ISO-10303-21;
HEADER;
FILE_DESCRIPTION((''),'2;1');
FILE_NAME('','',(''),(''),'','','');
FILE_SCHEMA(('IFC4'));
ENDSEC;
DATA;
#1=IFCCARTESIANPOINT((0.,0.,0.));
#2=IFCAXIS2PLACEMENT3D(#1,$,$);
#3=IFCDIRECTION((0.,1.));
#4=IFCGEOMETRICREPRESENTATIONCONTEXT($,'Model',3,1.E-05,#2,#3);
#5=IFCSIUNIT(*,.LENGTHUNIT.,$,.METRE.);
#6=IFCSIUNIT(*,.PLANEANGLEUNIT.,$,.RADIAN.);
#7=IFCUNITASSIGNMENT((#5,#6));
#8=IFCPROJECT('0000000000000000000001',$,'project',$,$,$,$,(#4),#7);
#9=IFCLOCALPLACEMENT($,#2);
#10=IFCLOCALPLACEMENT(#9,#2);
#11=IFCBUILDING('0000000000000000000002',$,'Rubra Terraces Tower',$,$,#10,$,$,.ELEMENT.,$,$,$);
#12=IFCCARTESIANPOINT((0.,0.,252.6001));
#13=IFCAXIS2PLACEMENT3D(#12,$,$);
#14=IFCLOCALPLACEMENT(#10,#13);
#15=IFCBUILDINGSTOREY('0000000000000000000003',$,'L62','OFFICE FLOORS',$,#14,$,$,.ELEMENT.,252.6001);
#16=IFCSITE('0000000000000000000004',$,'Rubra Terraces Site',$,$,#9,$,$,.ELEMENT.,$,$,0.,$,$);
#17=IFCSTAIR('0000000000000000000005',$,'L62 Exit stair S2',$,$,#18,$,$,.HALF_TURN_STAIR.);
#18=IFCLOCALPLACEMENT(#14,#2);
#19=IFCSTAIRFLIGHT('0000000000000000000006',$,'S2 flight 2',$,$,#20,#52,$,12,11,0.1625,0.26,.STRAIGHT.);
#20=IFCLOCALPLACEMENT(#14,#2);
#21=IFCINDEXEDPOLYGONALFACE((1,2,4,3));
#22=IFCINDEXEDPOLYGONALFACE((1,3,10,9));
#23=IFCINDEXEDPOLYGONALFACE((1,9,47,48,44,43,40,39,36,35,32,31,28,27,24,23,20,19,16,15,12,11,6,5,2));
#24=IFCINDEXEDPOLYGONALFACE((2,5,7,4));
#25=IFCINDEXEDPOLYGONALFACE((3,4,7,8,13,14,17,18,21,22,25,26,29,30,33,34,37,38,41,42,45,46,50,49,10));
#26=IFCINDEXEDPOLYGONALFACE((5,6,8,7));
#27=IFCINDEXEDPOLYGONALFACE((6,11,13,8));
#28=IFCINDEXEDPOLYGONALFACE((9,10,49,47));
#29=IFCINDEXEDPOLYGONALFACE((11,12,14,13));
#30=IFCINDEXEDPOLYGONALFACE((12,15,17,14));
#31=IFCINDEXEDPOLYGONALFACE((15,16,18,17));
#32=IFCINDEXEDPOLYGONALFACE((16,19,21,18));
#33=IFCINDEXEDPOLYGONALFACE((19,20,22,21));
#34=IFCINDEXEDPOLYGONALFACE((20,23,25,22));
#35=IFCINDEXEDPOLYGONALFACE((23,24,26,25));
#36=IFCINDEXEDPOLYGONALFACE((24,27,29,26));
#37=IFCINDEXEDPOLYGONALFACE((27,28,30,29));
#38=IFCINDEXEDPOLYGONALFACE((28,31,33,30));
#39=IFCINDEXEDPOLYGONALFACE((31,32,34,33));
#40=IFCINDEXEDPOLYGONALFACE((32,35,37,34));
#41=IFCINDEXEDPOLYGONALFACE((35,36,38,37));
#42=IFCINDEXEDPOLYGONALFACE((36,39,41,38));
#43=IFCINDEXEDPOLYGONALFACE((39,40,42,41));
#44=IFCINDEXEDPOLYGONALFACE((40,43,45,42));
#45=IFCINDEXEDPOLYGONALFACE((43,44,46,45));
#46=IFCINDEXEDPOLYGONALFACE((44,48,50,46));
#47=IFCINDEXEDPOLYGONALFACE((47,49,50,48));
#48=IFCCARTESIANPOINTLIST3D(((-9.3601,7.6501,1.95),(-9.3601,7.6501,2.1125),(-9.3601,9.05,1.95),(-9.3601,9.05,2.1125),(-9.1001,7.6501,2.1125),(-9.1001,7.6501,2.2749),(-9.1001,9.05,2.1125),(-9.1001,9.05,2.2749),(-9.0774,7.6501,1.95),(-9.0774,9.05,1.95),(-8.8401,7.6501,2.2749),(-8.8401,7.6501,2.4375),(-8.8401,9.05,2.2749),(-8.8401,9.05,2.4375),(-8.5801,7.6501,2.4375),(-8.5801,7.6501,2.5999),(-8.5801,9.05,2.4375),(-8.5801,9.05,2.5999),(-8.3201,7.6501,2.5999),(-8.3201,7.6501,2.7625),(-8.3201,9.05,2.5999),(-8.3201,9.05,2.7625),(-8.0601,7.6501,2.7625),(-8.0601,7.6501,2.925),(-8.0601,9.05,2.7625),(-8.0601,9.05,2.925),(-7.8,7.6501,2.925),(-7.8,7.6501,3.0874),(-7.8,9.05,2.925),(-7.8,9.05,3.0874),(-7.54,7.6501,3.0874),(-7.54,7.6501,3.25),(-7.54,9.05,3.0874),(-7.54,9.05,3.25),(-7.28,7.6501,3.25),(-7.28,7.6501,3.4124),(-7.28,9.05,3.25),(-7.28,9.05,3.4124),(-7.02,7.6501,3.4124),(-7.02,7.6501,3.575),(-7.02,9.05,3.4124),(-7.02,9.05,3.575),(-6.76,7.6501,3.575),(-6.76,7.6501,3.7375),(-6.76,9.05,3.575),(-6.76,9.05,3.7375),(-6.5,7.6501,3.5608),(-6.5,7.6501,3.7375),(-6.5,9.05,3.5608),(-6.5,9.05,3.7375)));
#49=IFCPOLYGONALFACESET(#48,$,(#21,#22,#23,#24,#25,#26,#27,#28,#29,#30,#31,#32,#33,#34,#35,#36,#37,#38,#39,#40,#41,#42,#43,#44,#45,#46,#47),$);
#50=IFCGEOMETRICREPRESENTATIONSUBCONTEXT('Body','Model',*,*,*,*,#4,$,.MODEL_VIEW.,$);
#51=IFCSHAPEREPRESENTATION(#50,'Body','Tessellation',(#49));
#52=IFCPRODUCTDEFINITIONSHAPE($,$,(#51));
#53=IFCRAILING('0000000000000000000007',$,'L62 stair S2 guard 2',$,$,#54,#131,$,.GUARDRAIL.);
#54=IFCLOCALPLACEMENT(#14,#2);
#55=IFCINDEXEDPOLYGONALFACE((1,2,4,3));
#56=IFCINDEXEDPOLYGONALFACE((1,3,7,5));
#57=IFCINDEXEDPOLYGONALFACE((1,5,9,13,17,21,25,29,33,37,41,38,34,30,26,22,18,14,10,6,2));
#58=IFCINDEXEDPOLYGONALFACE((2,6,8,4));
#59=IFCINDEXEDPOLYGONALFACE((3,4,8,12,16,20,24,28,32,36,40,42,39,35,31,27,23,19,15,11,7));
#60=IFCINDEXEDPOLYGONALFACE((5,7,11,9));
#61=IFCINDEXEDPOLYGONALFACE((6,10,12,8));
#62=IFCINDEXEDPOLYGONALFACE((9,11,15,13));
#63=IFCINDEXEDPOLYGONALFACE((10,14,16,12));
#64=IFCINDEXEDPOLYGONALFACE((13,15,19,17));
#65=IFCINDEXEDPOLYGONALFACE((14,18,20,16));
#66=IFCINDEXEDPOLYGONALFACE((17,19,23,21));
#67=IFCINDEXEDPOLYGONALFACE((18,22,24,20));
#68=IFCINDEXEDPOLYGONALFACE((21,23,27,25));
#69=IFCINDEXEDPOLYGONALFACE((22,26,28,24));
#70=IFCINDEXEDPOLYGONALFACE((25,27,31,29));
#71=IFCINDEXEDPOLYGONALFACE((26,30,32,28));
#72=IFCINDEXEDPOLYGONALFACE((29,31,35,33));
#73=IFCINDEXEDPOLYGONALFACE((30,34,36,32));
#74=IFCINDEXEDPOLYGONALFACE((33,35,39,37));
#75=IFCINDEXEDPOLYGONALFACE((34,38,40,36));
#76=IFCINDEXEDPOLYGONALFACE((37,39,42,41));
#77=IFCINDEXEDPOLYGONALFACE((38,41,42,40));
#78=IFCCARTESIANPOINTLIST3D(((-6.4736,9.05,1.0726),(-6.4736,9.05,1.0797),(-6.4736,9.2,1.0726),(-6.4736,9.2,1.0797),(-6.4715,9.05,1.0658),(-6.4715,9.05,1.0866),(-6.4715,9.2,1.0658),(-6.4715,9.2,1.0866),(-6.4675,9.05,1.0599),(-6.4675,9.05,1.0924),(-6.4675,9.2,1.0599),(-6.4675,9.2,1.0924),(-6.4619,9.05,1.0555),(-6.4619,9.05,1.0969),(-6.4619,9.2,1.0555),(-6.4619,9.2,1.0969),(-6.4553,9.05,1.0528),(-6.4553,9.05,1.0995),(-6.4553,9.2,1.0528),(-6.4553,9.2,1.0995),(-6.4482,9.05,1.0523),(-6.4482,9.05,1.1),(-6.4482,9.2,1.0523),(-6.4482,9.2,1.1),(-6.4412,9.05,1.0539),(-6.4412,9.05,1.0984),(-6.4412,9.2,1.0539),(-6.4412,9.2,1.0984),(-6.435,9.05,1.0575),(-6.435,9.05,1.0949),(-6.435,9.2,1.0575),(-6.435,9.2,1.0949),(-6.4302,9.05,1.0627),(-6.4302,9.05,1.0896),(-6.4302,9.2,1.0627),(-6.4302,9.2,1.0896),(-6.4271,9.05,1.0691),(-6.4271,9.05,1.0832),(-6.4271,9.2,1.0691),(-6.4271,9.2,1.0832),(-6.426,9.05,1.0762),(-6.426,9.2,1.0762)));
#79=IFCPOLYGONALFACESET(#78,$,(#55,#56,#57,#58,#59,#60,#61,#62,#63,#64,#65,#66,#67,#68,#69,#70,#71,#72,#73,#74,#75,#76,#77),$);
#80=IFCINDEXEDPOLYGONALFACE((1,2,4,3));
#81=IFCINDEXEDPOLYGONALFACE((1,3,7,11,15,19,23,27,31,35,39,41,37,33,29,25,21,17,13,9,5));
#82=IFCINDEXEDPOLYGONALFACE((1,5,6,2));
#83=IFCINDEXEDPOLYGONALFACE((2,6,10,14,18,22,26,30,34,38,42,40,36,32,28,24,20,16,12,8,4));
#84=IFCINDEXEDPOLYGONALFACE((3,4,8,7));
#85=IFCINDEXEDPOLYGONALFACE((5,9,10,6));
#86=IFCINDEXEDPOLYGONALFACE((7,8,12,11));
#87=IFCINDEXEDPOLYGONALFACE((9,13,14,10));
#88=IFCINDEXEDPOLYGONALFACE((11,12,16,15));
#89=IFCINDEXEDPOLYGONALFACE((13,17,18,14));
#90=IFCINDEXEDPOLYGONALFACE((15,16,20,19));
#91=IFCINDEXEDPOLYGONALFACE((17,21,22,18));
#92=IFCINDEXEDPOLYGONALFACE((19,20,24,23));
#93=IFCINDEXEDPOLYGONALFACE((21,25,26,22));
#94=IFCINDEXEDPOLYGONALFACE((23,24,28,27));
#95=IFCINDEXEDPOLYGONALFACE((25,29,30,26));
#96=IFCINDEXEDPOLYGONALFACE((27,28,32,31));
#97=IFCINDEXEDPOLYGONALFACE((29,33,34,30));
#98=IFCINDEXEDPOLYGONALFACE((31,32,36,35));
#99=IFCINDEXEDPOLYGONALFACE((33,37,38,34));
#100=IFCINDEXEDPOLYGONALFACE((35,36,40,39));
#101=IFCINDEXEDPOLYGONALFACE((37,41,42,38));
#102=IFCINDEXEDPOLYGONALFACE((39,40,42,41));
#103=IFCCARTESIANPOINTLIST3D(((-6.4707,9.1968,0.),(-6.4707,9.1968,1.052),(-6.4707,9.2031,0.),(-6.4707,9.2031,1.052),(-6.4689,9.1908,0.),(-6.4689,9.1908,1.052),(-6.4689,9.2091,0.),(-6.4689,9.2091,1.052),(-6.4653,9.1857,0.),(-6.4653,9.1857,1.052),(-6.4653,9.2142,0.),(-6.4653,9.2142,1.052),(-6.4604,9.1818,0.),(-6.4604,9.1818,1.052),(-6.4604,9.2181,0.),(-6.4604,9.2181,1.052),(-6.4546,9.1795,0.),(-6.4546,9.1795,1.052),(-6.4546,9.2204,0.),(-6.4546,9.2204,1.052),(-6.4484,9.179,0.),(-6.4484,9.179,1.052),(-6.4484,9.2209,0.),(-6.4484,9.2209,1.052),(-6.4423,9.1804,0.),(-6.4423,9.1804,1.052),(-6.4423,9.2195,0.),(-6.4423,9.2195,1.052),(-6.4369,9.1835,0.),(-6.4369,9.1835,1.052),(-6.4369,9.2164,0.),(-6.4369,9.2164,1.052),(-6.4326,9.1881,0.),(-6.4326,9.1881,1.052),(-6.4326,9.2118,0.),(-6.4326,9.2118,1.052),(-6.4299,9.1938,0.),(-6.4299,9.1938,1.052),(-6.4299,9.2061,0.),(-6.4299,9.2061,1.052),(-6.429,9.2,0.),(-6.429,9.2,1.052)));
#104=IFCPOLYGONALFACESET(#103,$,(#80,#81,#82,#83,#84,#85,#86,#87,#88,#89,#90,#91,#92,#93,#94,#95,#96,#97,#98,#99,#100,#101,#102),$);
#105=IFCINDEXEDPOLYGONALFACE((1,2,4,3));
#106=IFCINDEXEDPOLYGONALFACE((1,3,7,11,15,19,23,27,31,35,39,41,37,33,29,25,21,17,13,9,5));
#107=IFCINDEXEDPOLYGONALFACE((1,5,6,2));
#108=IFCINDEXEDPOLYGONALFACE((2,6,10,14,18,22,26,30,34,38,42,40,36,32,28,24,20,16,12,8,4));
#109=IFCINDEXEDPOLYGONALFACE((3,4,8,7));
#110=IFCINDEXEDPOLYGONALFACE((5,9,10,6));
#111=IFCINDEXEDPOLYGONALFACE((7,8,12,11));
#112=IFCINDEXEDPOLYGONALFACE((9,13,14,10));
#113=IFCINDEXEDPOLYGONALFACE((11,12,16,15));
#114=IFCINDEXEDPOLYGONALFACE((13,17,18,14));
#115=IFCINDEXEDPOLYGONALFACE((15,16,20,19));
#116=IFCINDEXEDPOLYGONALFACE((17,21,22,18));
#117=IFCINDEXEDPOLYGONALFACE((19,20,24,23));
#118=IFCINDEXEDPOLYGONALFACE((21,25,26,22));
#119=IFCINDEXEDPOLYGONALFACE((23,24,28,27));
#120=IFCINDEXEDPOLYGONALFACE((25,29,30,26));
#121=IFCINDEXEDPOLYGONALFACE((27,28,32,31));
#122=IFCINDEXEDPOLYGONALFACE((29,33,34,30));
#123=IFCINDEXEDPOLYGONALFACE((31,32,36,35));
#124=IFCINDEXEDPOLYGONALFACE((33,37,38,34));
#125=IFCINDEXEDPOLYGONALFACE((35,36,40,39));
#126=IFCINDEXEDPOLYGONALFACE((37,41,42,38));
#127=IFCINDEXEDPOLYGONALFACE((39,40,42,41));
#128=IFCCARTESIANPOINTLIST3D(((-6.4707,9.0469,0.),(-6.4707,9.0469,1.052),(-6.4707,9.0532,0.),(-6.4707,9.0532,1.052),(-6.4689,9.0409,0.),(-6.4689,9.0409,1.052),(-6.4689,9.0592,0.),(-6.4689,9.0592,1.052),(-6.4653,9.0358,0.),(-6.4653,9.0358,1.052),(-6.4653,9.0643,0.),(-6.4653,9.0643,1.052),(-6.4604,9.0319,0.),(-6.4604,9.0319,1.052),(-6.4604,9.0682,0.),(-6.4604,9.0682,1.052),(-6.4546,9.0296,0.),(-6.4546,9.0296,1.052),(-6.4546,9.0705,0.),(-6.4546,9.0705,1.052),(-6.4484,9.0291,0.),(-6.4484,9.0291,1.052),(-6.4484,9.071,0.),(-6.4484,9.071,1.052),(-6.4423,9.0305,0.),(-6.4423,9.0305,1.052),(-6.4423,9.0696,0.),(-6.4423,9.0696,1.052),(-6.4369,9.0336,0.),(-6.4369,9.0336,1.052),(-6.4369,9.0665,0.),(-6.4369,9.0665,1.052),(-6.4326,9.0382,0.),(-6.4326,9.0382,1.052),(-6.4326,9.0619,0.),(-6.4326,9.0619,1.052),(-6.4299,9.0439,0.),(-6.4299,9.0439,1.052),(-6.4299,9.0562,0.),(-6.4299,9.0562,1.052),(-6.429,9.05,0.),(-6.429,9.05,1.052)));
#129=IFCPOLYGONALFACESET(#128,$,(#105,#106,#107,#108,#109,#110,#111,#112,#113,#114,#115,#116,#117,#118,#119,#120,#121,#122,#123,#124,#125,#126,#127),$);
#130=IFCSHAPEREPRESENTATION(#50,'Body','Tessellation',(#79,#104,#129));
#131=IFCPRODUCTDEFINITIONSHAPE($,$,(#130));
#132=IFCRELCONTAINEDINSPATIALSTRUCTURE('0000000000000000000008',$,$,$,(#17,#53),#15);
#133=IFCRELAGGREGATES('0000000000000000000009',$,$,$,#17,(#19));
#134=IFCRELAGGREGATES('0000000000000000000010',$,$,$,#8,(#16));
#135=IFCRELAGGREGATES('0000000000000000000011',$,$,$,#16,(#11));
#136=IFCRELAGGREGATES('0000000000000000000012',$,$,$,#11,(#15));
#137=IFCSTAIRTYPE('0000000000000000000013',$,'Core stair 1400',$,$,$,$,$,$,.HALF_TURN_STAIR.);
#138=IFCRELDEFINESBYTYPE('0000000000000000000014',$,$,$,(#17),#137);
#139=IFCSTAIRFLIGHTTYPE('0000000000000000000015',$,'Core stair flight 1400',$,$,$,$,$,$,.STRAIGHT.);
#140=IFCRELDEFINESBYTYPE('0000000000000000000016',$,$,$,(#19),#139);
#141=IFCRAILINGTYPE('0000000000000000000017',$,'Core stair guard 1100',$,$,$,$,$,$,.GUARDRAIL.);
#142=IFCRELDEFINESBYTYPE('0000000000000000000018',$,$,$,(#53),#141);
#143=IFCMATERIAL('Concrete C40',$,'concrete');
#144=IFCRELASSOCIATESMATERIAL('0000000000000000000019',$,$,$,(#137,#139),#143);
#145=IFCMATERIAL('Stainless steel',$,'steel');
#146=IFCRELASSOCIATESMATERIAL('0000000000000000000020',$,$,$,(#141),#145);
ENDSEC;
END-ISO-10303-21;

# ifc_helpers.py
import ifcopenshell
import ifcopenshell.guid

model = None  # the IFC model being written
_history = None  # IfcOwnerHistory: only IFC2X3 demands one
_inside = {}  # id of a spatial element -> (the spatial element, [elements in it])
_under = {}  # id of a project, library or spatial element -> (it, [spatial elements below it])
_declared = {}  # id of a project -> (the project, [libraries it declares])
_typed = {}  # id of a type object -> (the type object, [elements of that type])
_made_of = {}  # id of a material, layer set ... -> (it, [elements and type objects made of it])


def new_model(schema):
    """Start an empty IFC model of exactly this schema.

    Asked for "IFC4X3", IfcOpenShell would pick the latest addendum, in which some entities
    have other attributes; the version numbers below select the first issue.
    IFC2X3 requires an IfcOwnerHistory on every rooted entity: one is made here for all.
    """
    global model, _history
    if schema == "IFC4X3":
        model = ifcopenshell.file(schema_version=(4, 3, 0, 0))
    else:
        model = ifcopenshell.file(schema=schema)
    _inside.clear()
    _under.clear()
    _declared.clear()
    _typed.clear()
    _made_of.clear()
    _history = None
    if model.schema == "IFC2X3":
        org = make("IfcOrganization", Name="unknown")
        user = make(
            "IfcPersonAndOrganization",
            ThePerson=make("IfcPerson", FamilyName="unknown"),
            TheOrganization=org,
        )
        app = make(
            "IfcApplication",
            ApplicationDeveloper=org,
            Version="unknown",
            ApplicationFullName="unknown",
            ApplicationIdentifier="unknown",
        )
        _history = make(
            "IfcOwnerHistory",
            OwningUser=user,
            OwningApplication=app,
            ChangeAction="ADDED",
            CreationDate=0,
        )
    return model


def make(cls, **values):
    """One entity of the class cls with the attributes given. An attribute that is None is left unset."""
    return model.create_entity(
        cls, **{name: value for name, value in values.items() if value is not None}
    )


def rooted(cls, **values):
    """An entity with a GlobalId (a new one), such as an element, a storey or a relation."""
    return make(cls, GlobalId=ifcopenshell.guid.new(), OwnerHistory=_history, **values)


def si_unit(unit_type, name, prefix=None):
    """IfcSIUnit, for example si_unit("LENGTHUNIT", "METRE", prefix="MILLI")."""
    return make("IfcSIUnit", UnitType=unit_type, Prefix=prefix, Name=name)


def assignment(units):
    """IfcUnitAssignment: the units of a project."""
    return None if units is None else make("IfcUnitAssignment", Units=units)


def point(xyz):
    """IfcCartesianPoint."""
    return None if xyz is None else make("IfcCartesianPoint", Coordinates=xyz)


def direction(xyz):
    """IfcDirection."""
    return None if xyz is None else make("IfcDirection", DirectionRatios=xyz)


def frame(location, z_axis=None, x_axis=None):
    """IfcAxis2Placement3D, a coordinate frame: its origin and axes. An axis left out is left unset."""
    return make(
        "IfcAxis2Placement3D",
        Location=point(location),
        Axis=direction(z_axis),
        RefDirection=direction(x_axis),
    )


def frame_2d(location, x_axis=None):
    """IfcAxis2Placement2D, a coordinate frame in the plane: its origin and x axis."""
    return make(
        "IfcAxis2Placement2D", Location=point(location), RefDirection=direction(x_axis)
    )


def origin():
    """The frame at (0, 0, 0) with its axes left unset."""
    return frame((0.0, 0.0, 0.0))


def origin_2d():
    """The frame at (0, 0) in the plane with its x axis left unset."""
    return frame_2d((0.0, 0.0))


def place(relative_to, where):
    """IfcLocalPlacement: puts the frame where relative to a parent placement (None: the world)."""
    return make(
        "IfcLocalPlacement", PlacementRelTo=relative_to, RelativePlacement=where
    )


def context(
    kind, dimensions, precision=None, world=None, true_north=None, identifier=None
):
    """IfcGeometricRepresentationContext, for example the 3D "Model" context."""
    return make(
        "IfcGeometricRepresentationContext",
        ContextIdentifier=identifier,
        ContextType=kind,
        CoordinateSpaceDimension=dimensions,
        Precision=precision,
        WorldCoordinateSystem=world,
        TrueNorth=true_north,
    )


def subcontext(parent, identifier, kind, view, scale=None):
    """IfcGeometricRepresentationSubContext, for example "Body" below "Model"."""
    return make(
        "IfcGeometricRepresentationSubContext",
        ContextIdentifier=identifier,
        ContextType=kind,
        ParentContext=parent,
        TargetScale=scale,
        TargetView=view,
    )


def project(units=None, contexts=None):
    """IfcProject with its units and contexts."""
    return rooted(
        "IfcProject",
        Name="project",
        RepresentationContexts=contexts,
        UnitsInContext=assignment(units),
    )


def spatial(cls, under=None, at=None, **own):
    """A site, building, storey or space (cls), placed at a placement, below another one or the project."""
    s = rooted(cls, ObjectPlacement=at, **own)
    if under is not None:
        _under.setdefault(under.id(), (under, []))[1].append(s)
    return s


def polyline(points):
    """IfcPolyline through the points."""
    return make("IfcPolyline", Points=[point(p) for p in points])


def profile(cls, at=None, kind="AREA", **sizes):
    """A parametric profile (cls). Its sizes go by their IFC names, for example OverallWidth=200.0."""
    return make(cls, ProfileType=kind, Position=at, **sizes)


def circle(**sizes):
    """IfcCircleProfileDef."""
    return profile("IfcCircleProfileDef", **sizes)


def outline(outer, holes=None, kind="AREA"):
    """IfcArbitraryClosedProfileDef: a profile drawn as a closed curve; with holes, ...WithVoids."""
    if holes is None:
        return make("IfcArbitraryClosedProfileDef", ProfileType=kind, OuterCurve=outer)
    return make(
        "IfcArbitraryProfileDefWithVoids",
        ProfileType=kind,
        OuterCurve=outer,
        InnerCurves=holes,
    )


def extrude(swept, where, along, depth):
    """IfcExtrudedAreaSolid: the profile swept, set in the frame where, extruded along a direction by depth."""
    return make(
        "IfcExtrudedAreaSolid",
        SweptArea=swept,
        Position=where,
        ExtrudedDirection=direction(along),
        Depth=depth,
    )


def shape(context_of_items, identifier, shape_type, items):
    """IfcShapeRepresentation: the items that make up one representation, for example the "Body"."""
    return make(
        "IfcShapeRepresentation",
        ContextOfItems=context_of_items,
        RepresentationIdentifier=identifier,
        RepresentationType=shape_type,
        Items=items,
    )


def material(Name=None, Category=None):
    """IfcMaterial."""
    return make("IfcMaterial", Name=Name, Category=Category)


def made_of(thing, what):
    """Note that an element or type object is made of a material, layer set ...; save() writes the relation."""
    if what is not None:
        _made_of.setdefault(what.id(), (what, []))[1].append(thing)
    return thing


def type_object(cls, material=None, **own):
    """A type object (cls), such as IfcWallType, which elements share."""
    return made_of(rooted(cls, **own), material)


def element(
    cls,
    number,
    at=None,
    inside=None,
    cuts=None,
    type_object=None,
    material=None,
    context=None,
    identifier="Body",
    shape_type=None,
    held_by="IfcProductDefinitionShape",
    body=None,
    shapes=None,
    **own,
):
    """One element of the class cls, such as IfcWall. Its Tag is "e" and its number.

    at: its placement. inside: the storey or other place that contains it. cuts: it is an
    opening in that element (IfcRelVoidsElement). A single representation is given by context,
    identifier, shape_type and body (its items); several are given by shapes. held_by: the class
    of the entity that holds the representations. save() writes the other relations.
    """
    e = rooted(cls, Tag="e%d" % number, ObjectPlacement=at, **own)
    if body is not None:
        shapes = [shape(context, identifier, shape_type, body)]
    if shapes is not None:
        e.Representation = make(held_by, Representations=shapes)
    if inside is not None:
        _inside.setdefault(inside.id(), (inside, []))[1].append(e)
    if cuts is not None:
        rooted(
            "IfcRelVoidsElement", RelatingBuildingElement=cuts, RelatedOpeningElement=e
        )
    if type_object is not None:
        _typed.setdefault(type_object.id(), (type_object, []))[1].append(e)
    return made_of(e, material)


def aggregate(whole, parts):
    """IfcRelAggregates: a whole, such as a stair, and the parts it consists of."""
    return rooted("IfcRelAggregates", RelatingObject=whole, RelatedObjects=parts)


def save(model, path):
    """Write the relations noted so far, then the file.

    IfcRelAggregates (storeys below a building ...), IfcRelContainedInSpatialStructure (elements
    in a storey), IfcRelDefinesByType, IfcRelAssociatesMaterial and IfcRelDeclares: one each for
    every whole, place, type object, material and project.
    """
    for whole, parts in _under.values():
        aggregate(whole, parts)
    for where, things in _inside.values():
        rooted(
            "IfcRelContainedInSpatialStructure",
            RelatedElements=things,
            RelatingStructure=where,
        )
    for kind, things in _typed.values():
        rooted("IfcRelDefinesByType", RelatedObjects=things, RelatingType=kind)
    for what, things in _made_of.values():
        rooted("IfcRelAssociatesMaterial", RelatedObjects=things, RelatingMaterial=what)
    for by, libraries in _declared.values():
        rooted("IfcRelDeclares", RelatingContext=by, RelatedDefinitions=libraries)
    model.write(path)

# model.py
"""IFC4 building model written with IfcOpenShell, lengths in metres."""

from ifc_helpers import new_model, si_unit, direction, frame, origin, origin_2d, place, context, subcontext, project, spatial, polyline, circle, outline, extrude, material, type_object, element, aggregate, save


model = new_model("IFC4")

# Units and contexts
model_context = context("Model", 3, precision=1e-05, world=origin(), true_north=direction((0.0, 1.0)))
body_context = subcontext(model_context, "Body", "Model", "MODEL_VIEW")
ifc_project = project(units=[si_unit("LENGTHUNIT", "METRE"), si_unit("PLANEANGLEUNIT", "RADIAN")], contexts=[model_context])

# Site, building, storey
site_placement = place(None, origin())
site = spatial("IfcSite", under=ifc_project, at=site_placement, Name="Rubra Terraces Site", CompositionType="ELEMENT", RefElevation=0.0)
building_placement = place(site_placement, origin())
building = spatial("IfcBuilding", under=site, at=building_placement, Name="Rubra Terraces Tower", CompositionType="ELEMENT")
storey_placement = place(building_placement, frame((0.0, 0.0, 252.6001)))
storey = spatial("IfcBuildingStorey", under=building, at=storey_placement, Name="L62", Description="OFFICE FLOORS", CompositionType="ELEMENT", Elevation=252.6001)

# Shared definitions
ifc_material_1 = material(Name="Concrete C40", Category="concrete")

# Stair, stair flight
stair_type = type_object("IfcStairType", Name="Core stair 1400", PredefinedType="HALF_TURN_STAIR", material=ifc_material_1)
stair_placement = place(storey_placement, origin())
stair = element("IfcStair", 1, at=stair_placement, inside=storey, type_object=stair_type, Name="L62 Exit stair S2", PredefinedType="HALF_TURN_STAIR")
stair_flight_type = type_object("IfcStairFlightType", Name="Core stair flight 1400", PredefinedType="STRAIGHT", material=ifc_material_1)
stair_flight_1_placement = place(storey_placement, frame((-9.3601, 8.3501, 1.95), z_axis=(0.0, 0.0, 1.0), x_axis=(1.0, 0.0, 0.0)))
stair_flight_1 = element("IfcStairFlight", 2, at=stair_flight_1_placement, type_object=stair_flight_type, Name="S2 flight 2", NumberOfRisers=12, NumberOfTreads=11, PredefinedType="STRAIGHT", RiserHeight=0.1625, TreadLength=0.26, context=body_context, shape_type="SweptSolid", body=[
    extrude(outline(polyline([(0.0, 0.0), (0.0, 0.1626), (0.26, 0.1626), (0.26, 0.325), (0.52, 0.325), (0.52, 0.4875), (0.78, 0.4875), (0.78, 0.6499), (1.04, 0.6499), (1.04, 0.8125), (1.3, 0.8125), (1.3, 0.9751), (1.5601, 0.9751), (1.5601, 1.1375), (1.8201, 1.1375), (1.8201, 1.3), (2.0801, 1.3), (2.0801, 1.4624), (2.3401, 1.4624), (2.3401, 1.625), (2.6001, 1.625), (2.6001, 1.7876), (2.8601, 1.7876), (2.8601, 1.95), (2.8601, 1.6108), (0.2827, 0.0), (0.0, 0.0)])), frame((0.0, 0.7, 0.0), z_axis=(0.0, -1.0, 0.0), x_axis=(1.0, 0.0, 0.0)), (0.0, 0.0, 1.0), 1.3999),
])
aggregate(stair, [stair_flight_1])

# Railing
ifc_material_2 = material(Name="Stainless steel", Category="steel")
railing_type_1 = type_object("IfcRailingType", Name="Core stair guard 1100", PredefinedType="GUARDRAIL", material=ifc_material_2)
railing_1_placement = place(storey_placement, frame((-6.45, 9.2, 0.0)))
element("IfcRailing", 3, at=railing_1_placement, inside=storey, type_object=railing_type_1, Name="L62 stair S2 guard 2", PredefinedType="GUARDRAIL", context=body_context, shape_type="SweptSolid", body=[
    extrude(circle(Radius=0.0239, at=origin_2d()), frame((0.0, 0.0, 1.0762), z_axis=(0.0, -1.0, 0.0), x_axis=(1.0, 0.0, 0.0)), (0.0, 0.0, 1.0), 0.1499),
    extrude(circle(Radius=0.021, at=origin_2d()), origin(), (0.0, 0.0, 1.0), 1.052),
    extrude(circle(Radius=0.021, at=origin_2d()), frame((0.0, -0.1499, 0.0)), (0.0, 0.0, 1.0), 1.052),
])

save(model, "model.ifc")
